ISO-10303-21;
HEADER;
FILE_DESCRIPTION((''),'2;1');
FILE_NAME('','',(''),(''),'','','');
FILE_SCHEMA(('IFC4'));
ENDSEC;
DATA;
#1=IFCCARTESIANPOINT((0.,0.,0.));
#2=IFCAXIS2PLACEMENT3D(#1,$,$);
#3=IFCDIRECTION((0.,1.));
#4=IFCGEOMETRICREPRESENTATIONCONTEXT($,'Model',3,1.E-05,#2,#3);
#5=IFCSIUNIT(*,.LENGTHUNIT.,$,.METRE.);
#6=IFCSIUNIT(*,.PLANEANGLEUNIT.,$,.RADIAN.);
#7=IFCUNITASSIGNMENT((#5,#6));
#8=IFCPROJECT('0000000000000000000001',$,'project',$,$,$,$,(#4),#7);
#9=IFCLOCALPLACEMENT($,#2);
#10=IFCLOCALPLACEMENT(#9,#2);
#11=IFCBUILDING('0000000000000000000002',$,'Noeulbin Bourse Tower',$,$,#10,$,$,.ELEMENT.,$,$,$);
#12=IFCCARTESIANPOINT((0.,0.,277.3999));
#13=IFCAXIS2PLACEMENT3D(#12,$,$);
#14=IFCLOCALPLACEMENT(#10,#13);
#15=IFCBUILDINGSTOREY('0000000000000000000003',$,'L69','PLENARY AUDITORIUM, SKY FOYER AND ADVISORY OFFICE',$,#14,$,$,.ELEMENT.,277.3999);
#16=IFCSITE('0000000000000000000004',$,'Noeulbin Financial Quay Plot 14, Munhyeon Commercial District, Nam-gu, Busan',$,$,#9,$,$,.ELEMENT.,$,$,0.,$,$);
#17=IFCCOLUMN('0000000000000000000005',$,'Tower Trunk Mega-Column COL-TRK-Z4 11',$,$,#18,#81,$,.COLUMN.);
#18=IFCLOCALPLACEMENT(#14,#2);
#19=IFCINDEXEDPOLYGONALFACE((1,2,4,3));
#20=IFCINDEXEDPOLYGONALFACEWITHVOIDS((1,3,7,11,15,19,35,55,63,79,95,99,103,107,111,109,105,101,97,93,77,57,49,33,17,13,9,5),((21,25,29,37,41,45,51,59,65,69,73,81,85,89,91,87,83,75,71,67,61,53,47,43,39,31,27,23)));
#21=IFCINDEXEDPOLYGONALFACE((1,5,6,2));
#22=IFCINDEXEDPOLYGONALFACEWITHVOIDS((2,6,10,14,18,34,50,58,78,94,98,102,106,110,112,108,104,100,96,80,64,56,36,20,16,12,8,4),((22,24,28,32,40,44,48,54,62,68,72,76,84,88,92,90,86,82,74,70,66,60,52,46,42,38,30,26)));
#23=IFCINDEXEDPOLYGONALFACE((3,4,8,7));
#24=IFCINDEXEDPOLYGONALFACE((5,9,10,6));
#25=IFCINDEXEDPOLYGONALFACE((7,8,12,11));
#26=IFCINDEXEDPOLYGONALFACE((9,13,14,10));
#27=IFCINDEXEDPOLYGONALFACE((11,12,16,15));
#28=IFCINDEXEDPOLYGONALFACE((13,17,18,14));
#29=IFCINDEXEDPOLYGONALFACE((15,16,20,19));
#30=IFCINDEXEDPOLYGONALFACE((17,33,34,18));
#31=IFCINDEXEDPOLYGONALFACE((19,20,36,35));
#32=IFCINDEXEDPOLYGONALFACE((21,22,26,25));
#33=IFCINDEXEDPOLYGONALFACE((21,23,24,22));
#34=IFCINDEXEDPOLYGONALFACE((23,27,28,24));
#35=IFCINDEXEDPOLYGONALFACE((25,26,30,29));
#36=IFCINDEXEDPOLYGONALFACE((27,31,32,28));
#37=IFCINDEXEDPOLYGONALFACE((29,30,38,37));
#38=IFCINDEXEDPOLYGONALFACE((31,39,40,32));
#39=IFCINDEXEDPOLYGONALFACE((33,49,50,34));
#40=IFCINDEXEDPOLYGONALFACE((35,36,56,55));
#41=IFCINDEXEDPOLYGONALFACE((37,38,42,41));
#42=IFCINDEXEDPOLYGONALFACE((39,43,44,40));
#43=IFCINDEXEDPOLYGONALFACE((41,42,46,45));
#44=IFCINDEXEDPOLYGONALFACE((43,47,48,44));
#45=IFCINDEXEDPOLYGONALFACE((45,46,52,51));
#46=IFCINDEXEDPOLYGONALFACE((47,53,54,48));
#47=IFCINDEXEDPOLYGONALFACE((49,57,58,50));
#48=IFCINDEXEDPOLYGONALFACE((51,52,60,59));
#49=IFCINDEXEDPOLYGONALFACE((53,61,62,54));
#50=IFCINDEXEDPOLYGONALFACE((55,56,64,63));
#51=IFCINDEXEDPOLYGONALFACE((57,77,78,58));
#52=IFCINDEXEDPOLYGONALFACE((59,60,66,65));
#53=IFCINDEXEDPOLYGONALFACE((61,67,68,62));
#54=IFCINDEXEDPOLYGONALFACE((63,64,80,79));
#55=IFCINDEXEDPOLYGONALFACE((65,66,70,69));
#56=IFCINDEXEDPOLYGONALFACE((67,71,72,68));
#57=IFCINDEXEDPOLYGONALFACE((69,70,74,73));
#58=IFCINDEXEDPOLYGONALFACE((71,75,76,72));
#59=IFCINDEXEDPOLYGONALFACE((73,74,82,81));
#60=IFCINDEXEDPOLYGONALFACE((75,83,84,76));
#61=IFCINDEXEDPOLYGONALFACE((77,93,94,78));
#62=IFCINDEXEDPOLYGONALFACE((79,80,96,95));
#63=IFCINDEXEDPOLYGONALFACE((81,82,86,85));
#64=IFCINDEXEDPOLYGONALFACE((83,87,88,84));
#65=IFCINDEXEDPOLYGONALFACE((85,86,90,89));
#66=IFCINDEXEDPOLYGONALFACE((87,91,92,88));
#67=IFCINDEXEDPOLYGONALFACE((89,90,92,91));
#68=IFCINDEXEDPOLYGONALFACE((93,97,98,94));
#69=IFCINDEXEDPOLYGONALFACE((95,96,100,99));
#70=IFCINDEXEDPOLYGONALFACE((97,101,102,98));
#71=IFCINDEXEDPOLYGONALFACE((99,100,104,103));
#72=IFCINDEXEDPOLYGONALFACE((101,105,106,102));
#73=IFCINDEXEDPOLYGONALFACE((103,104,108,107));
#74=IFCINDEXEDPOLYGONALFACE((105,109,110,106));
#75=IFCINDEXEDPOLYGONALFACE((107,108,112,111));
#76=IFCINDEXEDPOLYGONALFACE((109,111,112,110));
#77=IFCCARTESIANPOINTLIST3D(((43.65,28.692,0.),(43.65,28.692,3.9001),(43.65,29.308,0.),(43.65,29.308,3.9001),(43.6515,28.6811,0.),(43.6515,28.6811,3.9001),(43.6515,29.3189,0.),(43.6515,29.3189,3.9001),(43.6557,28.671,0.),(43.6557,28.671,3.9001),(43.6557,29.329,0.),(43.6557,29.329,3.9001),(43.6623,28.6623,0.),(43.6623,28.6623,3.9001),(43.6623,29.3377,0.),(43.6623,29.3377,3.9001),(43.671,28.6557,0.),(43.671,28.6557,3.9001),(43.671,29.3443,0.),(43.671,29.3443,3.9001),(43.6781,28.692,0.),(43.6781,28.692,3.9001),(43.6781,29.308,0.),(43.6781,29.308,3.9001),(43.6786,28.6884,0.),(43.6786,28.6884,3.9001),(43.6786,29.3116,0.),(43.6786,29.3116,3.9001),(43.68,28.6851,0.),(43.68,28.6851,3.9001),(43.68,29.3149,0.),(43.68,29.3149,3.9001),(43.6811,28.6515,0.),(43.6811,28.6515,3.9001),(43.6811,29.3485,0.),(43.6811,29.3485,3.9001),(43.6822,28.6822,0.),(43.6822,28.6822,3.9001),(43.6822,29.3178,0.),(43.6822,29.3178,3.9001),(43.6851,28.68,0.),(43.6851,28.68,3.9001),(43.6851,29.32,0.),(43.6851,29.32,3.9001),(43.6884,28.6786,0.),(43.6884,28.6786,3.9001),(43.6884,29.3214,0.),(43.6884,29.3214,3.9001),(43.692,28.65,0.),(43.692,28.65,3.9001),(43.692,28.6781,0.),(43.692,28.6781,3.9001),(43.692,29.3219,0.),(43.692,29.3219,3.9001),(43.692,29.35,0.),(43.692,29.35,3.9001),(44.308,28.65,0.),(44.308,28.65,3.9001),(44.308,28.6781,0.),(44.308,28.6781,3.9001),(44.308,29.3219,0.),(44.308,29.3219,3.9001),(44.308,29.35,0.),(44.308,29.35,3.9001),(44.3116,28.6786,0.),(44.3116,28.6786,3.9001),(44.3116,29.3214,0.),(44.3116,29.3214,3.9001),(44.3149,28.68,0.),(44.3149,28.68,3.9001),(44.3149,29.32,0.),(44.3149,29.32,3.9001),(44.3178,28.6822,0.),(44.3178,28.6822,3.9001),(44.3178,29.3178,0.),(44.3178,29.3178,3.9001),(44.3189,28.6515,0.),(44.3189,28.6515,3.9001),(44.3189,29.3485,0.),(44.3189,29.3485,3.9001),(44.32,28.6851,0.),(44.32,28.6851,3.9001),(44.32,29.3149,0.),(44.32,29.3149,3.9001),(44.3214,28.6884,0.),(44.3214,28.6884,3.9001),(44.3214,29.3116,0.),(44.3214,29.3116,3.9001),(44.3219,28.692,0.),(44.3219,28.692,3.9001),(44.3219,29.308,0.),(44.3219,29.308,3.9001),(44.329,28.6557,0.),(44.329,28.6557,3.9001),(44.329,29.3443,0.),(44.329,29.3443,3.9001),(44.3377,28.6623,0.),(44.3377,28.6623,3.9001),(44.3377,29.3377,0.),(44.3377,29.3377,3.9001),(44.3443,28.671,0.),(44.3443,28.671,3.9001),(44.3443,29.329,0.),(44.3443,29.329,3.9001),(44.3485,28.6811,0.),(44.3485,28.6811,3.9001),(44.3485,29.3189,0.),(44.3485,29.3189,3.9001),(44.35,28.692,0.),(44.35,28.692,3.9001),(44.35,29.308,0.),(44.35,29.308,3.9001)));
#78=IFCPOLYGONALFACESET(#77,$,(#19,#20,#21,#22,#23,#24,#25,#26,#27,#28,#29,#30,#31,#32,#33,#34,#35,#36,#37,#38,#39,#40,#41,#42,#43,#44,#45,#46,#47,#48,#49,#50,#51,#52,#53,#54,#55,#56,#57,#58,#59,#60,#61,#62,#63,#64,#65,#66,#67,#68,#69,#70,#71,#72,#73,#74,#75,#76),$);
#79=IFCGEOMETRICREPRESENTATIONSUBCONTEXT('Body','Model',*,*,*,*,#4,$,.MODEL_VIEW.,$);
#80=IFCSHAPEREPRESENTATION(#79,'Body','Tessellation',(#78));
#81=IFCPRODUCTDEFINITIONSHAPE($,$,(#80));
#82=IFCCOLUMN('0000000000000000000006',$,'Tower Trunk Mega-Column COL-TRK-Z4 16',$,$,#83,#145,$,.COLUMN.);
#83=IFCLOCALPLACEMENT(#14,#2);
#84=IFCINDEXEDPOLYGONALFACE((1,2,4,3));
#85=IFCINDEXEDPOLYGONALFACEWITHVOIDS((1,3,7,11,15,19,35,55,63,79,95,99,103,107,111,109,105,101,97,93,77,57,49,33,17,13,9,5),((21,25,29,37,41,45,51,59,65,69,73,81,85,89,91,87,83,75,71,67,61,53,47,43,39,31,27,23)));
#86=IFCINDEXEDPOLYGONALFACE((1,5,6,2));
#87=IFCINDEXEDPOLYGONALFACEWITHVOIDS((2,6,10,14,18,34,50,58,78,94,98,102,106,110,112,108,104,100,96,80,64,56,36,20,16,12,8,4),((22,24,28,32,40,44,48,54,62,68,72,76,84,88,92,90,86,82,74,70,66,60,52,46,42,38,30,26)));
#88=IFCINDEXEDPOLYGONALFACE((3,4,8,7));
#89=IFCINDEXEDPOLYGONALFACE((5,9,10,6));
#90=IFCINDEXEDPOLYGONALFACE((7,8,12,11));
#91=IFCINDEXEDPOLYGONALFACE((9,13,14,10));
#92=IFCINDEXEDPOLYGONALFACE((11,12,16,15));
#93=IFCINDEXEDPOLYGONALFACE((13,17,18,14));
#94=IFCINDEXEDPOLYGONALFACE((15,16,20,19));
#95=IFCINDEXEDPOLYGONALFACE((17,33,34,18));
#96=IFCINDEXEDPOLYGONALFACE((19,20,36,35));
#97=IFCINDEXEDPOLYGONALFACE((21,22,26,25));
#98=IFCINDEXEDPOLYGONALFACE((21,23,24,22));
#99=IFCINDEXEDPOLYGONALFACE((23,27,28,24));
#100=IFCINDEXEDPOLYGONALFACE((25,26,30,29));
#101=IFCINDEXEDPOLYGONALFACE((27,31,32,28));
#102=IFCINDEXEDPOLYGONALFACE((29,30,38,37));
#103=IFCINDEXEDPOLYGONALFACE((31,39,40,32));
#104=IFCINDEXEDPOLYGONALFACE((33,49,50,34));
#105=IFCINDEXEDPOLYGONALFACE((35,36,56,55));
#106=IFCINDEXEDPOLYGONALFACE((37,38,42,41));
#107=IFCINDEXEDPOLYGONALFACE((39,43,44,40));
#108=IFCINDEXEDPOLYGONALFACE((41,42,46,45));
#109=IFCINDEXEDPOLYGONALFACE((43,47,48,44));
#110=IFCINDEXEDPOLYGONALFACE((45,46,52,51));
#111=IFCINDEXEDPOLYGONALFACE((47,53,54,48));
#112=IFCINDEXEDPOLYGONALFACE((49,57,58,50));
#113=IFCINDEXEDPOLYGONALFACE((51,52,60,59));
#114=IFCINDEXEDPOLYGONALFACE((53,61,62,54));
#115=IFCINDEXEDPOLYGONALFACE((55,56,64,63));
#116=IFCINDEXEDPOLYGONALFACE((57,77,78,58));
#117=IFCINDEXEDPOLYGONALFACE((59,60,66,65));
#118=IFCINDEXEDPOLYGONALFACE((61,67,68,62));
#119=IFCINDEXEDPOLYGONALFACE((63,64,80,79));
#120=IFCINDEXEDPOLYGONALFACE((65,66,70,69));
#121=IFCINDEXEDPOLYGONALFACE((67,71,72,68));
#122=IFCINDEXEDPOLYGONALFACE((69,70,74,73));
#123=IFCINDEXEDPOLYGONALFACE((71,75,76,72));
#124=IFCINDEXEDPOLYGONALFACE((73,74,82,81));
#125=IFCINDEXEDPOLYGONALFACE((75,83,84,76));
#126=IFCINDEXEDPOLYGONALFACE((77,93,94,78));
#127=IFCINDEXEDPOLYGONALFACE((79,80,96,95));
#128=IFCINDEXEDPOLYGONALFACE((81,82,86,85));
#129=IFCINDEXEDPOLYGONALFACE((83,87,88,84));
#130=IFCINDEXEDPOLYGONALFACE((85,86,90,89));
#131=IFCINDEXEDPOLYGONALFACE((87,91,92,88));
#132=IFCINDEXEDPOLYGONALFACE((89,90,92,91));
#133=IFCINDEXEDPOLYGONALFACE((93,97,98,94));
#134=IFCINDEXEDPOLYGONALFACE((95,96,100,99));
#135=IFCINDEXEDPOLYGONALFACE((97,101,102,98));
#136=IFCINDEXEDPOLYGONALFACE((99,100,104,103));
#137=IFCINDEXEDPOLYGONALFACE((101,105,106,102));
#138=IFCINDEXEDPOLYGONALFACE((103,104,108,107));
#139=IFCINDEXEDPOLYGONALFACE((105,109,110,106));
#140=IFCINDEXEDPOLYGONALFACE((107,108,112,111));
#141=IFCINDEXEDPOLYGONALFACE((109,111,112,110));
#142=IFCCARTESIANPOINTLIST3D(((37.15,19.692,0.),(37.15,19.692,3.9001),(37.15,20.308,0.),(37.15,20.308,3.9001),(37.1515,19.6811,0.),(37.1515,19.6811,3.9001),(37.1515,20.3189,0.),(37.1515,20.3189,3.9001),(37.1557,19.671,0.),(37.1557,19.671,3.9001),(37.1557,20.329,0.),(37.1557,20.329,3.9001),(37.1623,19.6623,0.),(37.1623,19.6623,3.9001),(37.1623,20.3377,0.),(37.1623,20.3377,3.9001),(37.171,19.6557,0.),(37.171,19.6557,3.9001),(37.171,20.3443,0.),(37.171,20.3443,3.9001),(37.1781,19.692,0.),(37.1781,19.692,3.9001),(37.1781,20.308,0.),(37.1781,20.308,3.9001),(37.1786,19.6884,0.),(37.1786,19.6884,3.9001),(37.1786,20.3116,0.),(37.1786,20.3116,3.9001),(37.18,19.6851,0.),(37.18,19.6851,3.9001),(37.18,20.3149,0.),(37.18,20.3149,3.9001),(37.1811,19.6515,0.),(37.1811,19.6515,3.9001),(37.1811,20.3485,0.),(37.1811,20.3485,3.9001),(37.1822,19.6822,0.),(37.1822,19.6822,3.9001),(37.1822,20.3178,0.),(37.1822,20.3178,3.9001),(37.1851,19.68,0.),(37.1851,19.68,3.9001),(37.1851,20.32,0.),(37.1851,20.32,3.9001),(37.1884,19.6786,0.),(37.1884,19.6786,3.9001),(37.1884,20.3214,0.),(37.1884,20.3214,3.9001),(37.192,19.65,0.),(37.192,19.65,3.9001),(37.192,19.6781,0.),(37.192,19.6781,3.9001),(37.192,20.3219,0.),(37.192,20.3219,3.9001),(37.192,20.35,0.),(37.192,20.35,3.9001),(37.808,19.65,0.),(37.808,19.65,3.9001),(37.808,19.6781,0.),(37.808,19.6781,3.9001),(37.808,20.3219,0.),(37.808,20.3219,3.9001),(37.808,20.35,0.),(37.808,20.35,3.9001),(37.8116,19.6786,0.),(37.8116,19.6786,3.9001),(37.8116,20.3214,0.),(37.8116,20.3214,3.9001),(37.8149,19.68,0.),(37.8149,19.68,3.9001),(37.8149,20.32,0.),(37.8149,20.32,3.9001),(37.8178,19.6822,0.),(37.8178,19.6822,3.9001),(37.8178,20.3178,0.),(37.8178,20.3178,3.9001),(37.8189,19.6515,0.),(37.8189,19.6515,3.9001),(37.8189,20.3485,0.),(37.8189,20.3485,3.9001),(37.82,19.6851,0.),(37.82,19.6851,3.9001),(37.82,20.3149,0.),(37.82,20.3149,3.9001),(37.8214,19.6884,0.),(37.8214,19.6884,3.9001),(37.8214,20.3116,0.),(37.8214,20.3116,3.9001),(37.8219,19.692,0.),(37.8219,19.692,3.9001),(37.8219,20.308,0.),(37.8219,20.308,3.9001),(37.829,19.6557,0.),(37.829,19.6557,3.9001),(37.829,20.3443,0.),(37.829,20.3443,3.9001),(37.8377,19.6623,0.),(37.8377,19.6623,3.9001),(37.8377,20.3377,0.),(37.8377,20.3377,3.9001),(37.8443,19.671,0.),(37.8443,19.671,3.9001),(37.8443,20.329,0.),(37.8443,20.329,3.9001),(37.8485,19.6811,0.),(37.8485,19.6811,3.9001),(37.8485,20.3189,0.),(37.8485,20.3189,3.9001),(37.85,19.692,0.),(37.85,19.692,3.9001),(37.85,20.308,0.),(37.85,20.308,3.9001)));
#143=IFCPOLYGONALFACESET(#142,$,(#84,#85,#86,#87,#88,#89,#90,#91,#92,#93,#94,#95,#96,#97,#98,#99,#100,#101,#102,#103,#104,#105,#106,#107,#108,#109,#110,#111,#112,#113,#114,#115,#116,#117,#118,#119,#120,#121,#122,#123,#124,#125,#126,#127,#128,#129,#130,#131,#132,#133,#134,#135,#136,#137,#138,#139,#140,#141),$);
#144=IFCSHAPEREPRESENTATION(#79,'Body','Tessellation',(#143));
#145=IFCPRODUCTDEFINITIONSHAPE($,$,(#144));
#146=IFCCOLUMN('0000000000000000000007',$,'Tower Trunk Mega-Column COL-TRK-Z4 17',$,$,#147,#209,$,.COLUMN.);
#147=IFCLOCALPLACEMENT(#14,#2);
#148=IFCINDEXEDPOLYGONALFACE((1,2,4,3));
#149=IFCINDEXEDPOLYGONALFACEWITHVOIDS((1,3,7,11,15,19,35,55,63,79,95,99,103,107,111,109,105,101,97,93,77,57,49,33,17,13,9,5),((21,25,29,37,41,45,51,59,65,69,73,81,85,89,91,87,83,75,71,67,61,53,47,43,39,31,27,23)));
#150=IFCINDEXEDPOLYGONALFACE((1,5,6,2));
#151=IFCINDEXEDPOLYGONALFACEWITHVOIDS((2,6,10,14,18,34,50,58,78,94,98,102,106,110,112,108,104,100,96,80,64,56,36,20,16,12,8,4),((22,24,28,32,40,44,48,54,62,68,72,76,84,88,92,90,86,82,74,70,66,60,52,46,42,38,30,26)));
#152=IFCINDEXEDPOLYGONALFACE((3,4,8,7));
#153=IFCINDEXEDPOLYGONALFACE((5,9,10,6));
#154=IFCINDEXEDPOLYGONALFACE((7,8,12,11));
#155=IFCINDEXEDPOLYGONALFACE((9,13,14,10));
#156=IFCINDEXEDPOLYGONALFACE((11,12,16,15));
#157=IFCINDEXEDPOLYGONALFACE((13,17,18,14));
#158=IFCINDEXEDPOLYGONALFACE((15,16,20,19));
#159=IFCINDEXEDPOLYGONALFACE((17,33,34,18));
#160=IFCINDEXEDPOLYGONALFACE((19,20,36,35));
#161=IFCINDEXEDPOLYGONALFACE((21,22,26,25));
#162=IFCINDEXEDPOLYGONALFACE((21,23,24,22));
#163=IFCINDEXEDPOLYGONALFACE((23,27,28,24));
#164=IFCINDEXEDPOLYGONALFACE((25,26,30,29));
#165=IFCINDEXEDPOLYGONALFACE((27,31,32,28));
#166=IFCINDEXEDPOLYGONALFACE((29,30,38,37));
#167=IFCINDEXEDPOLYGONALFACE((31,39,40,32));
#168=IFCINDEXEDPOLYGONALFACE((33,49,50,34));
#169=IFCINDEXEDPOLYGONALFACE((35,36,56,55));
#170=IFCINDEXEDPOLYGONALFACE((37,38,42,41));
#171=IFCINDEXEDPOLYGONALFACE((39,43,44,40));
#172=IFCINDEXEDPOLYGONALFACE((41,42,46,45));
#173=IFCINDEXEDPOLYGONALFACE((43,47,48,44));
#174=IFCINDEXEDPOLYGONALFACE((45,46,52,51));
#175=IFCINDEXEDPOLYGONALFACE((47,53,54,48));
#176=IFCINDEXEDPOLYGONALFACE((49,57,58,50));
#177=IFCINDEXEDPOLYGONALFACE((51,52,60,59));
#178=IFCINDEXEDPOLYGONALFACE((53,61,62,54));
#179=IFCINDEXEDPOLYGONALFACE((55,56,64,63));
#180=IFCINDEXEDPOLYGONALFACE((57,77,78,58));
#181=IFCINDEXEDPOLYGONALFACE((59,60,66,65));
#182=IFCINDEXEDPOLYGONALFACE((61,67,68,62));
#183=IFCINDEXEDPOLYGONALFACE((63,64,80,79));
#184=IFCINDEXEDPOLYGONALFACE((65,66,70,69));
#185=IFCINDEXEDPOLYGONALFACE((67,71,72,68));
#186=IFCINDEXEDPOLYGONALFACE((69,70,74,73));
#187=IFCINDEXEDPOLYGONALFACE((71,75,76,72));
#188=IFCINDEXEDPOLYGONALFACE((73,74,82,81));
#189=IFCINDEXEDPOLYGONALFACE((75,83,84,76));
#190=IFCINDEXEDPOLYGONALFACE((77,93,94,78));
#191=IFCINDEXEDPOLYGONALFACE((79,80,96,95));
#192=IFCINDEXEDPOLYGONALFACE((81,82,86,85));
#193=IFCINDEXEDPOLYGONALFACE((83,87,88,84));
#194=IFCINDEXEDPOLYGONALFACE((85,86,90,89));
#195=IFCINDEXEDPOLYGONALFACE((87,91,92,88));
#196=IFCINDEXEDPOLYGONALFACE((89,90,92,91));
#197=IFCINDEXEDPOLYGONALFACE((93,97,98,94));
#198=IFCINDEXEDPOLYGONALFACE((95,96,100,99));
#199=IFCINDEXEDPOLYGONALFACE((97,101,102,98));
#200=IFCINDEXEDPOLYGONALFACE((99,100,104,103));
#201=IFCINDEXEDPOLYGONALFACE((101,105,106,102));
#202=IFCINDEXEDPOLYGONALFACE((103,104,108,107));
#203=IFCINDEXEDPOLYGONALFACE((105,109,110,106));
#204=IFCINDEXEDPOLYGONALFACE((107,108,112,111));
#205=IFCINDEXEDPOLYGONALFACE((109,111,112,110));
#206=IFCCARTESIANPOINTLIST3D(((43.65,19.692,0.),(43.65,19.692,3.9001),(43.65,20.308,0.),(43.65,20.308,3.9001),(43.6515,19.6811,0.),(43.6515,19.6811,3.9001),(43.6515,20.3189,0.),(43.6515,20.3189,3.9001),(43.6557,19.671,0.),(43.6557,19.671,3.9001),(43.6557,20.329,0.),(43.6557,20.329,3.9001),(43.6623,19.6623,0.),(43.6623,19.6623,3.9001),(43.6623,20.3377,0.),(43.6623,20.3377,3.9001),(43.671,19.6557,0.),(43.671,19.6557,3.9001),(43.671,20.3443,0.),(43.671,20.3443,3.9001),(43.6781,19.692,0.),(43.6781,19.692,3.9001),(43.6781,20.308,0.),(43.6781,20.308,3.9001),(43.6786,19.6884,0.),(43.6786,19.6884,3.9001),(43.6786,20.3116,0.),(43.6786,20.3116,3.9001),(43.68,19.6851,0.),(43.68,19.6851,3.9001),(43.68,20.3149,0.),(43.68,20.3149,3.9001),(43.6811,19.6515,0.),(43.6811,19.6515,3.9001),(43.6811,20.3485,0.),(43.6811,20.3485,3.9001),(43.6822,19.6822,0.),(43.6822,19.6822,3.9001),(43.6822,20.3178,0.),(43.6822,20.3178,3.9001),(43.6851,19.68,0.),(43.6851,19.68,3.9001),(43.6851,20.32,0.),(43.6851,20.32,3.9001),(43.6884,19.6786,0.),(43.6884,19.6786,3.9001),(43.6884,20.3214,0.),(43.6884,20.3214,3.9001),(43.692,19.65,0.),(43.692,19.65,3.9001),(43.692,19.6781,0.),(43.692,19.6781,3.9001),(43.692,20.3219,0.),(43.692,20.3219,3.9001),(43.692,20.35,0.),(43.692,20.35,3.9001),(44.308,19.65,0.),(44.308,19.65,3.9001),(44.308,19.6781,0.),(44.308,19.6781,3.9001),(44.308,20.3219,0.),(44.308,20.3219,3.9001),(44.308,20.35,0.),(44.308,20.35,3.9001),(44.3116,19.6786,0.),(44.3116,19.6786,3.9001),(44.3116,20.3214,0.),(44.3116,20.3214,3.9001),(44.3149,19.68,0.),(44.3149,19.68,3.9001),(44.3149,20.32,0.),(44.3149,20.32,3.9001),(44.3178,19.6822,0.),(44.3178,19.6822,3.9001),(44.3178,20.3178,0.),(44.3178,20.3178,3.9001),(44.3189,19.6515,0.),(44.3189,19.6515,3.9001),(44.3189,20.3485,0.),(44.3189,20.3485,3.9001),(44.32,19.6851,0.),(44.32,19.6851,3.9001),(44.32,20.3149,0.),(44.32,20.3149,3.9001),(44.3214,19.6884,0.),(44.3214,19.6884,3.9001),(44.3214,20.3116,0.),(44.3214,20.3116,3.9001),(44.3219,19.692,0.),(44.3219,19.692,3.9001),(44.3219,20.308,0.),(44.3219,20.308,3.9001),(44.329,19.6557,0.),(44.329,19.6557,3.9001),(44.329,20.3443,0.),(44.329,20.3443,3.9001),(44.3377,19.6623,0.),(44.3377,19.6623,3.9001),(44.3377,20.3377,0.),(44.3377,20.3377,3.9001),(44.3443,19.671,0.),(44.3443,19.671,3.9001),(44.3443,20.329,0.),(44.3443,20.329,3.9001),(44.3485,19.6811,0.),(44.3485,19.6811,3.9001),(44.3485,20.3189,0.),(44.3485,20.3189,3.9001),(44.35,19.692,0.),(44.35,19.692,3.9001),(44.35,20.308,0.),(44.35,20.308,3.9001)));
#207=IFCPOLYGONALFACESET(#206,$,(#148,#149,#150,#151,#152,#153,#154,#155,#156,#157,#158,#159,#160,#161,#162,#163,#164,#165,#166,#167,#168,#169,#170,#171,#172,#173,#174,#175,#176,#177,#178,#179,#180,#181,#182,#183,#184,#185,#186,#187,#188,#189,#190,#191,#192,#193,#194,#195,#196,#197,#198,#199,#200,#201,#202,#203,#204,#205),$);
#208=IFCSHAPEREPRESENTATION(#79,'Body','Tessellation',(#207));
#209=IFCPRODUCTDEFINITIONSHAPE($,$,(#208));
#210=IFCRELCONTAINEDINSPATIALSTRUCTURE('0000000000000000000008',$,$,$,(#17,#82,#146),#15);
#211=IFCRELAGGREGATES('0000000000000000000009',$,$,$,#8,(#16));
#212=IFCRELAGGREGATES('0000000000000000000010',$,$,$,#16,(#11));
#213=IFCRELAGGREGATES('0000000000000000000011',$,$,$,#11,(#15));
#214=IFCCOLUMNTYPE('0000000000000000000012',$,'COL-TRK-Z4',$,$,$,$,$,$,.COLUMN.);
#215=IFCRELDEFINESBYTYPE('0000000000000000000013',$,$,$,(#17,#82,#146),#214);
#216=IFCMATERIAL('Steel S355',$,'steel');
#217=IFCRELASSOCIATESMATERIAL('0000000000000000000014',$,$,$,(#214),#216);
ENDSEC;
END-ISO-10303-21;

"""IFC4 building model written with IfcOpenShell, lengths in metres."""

from ifc_helpers import new_model, si_unit, direction, frame, origin, origin_2d, place, context, subcontext, project, spatial, hollow_rectangle, extrude, material, material_profile, profile_set, type_object, element, save


model = new_model("IFC4")

# Units and contexts
model_context = context("Model", 3, precision=1e-05, world=origin(), true_north=direction((0.0, 1.0)))
body_context = subcontext(model_context, "Body", "Model", "MODEL_VIEW")
ifc_project = project(units=[si_unit("LENGTHUNIT", "METRE"), si_unit("PLANEANGLEUNIT", "RADIAN")], contexts=[model_context])

# Site, building, storey
site_placement = place(None, origin())
site = spatial("IfcSite", under=ifc_project, at=site_placement, Name="Noeulbin Financial Quay Plot 14, Munhyeon Commercial District, Nam-gu, Busan", CompositionType="ELEMENT", RefElevation=0.0)
building_placement = place(site_placement, origin())
building = spatial("IfcBuilding", under=site, at=building_placement, Name="Noeulbin Bourse Tower", CompositionType="ELEMENT")
storey_placement = place(building_placement, frame((0.0, 0.0, 277.3999)))
storey = spatial("IfcBuildingStorey", under=building, at=storey_placement, Name="L69", Description="PLENARY AUDITORIUM, SKY FOYER AND ADVISORY OFFICE", CompositionType="ELEMENT", Elevation=277.3999)

# Columns
ifc_material_1 = material(Name="Steel S355", Category="steel")
ifc_material_profile_1 = material_profile(ifc_material_1, hollow_rectangle(XDim=0.7, YDim=0.7, WallThickness=0.0281, InnerFilletRadius=0.0139, OuterFilletRadius=0.042, at=origin_2d()), Name="BOX-700x700x28", Category="LoadBearing")
ifc_profile_set_1 = profile_set([ifc_material_profile_1], Name="Steel S355")
column_type_1 = type_object("IfcColumnType", Name="COL-TRK-Z4", PredefinedType="COLUMN", material=ifc_profile_set_1)
for number, where, z_axis, x_axis, name in (
    (1, (44.0, 29.0, 0.0), (0.0, 0.0, 1.0), (1.0, 0.0, 0.0), "Tower Trunk Mega-Column COL-TRK-Z4 11"),
    (2, (37.5, 20.0, 0.0), (0.0, 0.0, 1.0), (1.0, 0.0, 0.0), "Tower Trunk Mega-Column COL-TRK-Z4 16"),
    (3, (44.0, 20.0, 0.0), (0.0, 0.0, 1.0), (1.0, 0.0, 0.0), "Tower Trunk Mega-Column COL-TRK-Z4 17"),
):
    element("IfcColumn", number, at=place(storey_placement, frame(where, z_axis=z_axis, x_axis=x_axis)), inside=storey, type_object=column_type_1, Name=name, PredefinedType="COLUMN", context=body_context, shape_type="SweptSolid", body=[
        extrude(hollow_rectangle(XDim=0.7, YDim=0.7, WallThickness=0.0281, InnerFilletRadius=0.0139, OuterFilletRadius=0.042, at=origin_2d()), origin(), (0.0, 0.0, 1.0), 3.9001),
    ])

save(model, "model.ifc")
